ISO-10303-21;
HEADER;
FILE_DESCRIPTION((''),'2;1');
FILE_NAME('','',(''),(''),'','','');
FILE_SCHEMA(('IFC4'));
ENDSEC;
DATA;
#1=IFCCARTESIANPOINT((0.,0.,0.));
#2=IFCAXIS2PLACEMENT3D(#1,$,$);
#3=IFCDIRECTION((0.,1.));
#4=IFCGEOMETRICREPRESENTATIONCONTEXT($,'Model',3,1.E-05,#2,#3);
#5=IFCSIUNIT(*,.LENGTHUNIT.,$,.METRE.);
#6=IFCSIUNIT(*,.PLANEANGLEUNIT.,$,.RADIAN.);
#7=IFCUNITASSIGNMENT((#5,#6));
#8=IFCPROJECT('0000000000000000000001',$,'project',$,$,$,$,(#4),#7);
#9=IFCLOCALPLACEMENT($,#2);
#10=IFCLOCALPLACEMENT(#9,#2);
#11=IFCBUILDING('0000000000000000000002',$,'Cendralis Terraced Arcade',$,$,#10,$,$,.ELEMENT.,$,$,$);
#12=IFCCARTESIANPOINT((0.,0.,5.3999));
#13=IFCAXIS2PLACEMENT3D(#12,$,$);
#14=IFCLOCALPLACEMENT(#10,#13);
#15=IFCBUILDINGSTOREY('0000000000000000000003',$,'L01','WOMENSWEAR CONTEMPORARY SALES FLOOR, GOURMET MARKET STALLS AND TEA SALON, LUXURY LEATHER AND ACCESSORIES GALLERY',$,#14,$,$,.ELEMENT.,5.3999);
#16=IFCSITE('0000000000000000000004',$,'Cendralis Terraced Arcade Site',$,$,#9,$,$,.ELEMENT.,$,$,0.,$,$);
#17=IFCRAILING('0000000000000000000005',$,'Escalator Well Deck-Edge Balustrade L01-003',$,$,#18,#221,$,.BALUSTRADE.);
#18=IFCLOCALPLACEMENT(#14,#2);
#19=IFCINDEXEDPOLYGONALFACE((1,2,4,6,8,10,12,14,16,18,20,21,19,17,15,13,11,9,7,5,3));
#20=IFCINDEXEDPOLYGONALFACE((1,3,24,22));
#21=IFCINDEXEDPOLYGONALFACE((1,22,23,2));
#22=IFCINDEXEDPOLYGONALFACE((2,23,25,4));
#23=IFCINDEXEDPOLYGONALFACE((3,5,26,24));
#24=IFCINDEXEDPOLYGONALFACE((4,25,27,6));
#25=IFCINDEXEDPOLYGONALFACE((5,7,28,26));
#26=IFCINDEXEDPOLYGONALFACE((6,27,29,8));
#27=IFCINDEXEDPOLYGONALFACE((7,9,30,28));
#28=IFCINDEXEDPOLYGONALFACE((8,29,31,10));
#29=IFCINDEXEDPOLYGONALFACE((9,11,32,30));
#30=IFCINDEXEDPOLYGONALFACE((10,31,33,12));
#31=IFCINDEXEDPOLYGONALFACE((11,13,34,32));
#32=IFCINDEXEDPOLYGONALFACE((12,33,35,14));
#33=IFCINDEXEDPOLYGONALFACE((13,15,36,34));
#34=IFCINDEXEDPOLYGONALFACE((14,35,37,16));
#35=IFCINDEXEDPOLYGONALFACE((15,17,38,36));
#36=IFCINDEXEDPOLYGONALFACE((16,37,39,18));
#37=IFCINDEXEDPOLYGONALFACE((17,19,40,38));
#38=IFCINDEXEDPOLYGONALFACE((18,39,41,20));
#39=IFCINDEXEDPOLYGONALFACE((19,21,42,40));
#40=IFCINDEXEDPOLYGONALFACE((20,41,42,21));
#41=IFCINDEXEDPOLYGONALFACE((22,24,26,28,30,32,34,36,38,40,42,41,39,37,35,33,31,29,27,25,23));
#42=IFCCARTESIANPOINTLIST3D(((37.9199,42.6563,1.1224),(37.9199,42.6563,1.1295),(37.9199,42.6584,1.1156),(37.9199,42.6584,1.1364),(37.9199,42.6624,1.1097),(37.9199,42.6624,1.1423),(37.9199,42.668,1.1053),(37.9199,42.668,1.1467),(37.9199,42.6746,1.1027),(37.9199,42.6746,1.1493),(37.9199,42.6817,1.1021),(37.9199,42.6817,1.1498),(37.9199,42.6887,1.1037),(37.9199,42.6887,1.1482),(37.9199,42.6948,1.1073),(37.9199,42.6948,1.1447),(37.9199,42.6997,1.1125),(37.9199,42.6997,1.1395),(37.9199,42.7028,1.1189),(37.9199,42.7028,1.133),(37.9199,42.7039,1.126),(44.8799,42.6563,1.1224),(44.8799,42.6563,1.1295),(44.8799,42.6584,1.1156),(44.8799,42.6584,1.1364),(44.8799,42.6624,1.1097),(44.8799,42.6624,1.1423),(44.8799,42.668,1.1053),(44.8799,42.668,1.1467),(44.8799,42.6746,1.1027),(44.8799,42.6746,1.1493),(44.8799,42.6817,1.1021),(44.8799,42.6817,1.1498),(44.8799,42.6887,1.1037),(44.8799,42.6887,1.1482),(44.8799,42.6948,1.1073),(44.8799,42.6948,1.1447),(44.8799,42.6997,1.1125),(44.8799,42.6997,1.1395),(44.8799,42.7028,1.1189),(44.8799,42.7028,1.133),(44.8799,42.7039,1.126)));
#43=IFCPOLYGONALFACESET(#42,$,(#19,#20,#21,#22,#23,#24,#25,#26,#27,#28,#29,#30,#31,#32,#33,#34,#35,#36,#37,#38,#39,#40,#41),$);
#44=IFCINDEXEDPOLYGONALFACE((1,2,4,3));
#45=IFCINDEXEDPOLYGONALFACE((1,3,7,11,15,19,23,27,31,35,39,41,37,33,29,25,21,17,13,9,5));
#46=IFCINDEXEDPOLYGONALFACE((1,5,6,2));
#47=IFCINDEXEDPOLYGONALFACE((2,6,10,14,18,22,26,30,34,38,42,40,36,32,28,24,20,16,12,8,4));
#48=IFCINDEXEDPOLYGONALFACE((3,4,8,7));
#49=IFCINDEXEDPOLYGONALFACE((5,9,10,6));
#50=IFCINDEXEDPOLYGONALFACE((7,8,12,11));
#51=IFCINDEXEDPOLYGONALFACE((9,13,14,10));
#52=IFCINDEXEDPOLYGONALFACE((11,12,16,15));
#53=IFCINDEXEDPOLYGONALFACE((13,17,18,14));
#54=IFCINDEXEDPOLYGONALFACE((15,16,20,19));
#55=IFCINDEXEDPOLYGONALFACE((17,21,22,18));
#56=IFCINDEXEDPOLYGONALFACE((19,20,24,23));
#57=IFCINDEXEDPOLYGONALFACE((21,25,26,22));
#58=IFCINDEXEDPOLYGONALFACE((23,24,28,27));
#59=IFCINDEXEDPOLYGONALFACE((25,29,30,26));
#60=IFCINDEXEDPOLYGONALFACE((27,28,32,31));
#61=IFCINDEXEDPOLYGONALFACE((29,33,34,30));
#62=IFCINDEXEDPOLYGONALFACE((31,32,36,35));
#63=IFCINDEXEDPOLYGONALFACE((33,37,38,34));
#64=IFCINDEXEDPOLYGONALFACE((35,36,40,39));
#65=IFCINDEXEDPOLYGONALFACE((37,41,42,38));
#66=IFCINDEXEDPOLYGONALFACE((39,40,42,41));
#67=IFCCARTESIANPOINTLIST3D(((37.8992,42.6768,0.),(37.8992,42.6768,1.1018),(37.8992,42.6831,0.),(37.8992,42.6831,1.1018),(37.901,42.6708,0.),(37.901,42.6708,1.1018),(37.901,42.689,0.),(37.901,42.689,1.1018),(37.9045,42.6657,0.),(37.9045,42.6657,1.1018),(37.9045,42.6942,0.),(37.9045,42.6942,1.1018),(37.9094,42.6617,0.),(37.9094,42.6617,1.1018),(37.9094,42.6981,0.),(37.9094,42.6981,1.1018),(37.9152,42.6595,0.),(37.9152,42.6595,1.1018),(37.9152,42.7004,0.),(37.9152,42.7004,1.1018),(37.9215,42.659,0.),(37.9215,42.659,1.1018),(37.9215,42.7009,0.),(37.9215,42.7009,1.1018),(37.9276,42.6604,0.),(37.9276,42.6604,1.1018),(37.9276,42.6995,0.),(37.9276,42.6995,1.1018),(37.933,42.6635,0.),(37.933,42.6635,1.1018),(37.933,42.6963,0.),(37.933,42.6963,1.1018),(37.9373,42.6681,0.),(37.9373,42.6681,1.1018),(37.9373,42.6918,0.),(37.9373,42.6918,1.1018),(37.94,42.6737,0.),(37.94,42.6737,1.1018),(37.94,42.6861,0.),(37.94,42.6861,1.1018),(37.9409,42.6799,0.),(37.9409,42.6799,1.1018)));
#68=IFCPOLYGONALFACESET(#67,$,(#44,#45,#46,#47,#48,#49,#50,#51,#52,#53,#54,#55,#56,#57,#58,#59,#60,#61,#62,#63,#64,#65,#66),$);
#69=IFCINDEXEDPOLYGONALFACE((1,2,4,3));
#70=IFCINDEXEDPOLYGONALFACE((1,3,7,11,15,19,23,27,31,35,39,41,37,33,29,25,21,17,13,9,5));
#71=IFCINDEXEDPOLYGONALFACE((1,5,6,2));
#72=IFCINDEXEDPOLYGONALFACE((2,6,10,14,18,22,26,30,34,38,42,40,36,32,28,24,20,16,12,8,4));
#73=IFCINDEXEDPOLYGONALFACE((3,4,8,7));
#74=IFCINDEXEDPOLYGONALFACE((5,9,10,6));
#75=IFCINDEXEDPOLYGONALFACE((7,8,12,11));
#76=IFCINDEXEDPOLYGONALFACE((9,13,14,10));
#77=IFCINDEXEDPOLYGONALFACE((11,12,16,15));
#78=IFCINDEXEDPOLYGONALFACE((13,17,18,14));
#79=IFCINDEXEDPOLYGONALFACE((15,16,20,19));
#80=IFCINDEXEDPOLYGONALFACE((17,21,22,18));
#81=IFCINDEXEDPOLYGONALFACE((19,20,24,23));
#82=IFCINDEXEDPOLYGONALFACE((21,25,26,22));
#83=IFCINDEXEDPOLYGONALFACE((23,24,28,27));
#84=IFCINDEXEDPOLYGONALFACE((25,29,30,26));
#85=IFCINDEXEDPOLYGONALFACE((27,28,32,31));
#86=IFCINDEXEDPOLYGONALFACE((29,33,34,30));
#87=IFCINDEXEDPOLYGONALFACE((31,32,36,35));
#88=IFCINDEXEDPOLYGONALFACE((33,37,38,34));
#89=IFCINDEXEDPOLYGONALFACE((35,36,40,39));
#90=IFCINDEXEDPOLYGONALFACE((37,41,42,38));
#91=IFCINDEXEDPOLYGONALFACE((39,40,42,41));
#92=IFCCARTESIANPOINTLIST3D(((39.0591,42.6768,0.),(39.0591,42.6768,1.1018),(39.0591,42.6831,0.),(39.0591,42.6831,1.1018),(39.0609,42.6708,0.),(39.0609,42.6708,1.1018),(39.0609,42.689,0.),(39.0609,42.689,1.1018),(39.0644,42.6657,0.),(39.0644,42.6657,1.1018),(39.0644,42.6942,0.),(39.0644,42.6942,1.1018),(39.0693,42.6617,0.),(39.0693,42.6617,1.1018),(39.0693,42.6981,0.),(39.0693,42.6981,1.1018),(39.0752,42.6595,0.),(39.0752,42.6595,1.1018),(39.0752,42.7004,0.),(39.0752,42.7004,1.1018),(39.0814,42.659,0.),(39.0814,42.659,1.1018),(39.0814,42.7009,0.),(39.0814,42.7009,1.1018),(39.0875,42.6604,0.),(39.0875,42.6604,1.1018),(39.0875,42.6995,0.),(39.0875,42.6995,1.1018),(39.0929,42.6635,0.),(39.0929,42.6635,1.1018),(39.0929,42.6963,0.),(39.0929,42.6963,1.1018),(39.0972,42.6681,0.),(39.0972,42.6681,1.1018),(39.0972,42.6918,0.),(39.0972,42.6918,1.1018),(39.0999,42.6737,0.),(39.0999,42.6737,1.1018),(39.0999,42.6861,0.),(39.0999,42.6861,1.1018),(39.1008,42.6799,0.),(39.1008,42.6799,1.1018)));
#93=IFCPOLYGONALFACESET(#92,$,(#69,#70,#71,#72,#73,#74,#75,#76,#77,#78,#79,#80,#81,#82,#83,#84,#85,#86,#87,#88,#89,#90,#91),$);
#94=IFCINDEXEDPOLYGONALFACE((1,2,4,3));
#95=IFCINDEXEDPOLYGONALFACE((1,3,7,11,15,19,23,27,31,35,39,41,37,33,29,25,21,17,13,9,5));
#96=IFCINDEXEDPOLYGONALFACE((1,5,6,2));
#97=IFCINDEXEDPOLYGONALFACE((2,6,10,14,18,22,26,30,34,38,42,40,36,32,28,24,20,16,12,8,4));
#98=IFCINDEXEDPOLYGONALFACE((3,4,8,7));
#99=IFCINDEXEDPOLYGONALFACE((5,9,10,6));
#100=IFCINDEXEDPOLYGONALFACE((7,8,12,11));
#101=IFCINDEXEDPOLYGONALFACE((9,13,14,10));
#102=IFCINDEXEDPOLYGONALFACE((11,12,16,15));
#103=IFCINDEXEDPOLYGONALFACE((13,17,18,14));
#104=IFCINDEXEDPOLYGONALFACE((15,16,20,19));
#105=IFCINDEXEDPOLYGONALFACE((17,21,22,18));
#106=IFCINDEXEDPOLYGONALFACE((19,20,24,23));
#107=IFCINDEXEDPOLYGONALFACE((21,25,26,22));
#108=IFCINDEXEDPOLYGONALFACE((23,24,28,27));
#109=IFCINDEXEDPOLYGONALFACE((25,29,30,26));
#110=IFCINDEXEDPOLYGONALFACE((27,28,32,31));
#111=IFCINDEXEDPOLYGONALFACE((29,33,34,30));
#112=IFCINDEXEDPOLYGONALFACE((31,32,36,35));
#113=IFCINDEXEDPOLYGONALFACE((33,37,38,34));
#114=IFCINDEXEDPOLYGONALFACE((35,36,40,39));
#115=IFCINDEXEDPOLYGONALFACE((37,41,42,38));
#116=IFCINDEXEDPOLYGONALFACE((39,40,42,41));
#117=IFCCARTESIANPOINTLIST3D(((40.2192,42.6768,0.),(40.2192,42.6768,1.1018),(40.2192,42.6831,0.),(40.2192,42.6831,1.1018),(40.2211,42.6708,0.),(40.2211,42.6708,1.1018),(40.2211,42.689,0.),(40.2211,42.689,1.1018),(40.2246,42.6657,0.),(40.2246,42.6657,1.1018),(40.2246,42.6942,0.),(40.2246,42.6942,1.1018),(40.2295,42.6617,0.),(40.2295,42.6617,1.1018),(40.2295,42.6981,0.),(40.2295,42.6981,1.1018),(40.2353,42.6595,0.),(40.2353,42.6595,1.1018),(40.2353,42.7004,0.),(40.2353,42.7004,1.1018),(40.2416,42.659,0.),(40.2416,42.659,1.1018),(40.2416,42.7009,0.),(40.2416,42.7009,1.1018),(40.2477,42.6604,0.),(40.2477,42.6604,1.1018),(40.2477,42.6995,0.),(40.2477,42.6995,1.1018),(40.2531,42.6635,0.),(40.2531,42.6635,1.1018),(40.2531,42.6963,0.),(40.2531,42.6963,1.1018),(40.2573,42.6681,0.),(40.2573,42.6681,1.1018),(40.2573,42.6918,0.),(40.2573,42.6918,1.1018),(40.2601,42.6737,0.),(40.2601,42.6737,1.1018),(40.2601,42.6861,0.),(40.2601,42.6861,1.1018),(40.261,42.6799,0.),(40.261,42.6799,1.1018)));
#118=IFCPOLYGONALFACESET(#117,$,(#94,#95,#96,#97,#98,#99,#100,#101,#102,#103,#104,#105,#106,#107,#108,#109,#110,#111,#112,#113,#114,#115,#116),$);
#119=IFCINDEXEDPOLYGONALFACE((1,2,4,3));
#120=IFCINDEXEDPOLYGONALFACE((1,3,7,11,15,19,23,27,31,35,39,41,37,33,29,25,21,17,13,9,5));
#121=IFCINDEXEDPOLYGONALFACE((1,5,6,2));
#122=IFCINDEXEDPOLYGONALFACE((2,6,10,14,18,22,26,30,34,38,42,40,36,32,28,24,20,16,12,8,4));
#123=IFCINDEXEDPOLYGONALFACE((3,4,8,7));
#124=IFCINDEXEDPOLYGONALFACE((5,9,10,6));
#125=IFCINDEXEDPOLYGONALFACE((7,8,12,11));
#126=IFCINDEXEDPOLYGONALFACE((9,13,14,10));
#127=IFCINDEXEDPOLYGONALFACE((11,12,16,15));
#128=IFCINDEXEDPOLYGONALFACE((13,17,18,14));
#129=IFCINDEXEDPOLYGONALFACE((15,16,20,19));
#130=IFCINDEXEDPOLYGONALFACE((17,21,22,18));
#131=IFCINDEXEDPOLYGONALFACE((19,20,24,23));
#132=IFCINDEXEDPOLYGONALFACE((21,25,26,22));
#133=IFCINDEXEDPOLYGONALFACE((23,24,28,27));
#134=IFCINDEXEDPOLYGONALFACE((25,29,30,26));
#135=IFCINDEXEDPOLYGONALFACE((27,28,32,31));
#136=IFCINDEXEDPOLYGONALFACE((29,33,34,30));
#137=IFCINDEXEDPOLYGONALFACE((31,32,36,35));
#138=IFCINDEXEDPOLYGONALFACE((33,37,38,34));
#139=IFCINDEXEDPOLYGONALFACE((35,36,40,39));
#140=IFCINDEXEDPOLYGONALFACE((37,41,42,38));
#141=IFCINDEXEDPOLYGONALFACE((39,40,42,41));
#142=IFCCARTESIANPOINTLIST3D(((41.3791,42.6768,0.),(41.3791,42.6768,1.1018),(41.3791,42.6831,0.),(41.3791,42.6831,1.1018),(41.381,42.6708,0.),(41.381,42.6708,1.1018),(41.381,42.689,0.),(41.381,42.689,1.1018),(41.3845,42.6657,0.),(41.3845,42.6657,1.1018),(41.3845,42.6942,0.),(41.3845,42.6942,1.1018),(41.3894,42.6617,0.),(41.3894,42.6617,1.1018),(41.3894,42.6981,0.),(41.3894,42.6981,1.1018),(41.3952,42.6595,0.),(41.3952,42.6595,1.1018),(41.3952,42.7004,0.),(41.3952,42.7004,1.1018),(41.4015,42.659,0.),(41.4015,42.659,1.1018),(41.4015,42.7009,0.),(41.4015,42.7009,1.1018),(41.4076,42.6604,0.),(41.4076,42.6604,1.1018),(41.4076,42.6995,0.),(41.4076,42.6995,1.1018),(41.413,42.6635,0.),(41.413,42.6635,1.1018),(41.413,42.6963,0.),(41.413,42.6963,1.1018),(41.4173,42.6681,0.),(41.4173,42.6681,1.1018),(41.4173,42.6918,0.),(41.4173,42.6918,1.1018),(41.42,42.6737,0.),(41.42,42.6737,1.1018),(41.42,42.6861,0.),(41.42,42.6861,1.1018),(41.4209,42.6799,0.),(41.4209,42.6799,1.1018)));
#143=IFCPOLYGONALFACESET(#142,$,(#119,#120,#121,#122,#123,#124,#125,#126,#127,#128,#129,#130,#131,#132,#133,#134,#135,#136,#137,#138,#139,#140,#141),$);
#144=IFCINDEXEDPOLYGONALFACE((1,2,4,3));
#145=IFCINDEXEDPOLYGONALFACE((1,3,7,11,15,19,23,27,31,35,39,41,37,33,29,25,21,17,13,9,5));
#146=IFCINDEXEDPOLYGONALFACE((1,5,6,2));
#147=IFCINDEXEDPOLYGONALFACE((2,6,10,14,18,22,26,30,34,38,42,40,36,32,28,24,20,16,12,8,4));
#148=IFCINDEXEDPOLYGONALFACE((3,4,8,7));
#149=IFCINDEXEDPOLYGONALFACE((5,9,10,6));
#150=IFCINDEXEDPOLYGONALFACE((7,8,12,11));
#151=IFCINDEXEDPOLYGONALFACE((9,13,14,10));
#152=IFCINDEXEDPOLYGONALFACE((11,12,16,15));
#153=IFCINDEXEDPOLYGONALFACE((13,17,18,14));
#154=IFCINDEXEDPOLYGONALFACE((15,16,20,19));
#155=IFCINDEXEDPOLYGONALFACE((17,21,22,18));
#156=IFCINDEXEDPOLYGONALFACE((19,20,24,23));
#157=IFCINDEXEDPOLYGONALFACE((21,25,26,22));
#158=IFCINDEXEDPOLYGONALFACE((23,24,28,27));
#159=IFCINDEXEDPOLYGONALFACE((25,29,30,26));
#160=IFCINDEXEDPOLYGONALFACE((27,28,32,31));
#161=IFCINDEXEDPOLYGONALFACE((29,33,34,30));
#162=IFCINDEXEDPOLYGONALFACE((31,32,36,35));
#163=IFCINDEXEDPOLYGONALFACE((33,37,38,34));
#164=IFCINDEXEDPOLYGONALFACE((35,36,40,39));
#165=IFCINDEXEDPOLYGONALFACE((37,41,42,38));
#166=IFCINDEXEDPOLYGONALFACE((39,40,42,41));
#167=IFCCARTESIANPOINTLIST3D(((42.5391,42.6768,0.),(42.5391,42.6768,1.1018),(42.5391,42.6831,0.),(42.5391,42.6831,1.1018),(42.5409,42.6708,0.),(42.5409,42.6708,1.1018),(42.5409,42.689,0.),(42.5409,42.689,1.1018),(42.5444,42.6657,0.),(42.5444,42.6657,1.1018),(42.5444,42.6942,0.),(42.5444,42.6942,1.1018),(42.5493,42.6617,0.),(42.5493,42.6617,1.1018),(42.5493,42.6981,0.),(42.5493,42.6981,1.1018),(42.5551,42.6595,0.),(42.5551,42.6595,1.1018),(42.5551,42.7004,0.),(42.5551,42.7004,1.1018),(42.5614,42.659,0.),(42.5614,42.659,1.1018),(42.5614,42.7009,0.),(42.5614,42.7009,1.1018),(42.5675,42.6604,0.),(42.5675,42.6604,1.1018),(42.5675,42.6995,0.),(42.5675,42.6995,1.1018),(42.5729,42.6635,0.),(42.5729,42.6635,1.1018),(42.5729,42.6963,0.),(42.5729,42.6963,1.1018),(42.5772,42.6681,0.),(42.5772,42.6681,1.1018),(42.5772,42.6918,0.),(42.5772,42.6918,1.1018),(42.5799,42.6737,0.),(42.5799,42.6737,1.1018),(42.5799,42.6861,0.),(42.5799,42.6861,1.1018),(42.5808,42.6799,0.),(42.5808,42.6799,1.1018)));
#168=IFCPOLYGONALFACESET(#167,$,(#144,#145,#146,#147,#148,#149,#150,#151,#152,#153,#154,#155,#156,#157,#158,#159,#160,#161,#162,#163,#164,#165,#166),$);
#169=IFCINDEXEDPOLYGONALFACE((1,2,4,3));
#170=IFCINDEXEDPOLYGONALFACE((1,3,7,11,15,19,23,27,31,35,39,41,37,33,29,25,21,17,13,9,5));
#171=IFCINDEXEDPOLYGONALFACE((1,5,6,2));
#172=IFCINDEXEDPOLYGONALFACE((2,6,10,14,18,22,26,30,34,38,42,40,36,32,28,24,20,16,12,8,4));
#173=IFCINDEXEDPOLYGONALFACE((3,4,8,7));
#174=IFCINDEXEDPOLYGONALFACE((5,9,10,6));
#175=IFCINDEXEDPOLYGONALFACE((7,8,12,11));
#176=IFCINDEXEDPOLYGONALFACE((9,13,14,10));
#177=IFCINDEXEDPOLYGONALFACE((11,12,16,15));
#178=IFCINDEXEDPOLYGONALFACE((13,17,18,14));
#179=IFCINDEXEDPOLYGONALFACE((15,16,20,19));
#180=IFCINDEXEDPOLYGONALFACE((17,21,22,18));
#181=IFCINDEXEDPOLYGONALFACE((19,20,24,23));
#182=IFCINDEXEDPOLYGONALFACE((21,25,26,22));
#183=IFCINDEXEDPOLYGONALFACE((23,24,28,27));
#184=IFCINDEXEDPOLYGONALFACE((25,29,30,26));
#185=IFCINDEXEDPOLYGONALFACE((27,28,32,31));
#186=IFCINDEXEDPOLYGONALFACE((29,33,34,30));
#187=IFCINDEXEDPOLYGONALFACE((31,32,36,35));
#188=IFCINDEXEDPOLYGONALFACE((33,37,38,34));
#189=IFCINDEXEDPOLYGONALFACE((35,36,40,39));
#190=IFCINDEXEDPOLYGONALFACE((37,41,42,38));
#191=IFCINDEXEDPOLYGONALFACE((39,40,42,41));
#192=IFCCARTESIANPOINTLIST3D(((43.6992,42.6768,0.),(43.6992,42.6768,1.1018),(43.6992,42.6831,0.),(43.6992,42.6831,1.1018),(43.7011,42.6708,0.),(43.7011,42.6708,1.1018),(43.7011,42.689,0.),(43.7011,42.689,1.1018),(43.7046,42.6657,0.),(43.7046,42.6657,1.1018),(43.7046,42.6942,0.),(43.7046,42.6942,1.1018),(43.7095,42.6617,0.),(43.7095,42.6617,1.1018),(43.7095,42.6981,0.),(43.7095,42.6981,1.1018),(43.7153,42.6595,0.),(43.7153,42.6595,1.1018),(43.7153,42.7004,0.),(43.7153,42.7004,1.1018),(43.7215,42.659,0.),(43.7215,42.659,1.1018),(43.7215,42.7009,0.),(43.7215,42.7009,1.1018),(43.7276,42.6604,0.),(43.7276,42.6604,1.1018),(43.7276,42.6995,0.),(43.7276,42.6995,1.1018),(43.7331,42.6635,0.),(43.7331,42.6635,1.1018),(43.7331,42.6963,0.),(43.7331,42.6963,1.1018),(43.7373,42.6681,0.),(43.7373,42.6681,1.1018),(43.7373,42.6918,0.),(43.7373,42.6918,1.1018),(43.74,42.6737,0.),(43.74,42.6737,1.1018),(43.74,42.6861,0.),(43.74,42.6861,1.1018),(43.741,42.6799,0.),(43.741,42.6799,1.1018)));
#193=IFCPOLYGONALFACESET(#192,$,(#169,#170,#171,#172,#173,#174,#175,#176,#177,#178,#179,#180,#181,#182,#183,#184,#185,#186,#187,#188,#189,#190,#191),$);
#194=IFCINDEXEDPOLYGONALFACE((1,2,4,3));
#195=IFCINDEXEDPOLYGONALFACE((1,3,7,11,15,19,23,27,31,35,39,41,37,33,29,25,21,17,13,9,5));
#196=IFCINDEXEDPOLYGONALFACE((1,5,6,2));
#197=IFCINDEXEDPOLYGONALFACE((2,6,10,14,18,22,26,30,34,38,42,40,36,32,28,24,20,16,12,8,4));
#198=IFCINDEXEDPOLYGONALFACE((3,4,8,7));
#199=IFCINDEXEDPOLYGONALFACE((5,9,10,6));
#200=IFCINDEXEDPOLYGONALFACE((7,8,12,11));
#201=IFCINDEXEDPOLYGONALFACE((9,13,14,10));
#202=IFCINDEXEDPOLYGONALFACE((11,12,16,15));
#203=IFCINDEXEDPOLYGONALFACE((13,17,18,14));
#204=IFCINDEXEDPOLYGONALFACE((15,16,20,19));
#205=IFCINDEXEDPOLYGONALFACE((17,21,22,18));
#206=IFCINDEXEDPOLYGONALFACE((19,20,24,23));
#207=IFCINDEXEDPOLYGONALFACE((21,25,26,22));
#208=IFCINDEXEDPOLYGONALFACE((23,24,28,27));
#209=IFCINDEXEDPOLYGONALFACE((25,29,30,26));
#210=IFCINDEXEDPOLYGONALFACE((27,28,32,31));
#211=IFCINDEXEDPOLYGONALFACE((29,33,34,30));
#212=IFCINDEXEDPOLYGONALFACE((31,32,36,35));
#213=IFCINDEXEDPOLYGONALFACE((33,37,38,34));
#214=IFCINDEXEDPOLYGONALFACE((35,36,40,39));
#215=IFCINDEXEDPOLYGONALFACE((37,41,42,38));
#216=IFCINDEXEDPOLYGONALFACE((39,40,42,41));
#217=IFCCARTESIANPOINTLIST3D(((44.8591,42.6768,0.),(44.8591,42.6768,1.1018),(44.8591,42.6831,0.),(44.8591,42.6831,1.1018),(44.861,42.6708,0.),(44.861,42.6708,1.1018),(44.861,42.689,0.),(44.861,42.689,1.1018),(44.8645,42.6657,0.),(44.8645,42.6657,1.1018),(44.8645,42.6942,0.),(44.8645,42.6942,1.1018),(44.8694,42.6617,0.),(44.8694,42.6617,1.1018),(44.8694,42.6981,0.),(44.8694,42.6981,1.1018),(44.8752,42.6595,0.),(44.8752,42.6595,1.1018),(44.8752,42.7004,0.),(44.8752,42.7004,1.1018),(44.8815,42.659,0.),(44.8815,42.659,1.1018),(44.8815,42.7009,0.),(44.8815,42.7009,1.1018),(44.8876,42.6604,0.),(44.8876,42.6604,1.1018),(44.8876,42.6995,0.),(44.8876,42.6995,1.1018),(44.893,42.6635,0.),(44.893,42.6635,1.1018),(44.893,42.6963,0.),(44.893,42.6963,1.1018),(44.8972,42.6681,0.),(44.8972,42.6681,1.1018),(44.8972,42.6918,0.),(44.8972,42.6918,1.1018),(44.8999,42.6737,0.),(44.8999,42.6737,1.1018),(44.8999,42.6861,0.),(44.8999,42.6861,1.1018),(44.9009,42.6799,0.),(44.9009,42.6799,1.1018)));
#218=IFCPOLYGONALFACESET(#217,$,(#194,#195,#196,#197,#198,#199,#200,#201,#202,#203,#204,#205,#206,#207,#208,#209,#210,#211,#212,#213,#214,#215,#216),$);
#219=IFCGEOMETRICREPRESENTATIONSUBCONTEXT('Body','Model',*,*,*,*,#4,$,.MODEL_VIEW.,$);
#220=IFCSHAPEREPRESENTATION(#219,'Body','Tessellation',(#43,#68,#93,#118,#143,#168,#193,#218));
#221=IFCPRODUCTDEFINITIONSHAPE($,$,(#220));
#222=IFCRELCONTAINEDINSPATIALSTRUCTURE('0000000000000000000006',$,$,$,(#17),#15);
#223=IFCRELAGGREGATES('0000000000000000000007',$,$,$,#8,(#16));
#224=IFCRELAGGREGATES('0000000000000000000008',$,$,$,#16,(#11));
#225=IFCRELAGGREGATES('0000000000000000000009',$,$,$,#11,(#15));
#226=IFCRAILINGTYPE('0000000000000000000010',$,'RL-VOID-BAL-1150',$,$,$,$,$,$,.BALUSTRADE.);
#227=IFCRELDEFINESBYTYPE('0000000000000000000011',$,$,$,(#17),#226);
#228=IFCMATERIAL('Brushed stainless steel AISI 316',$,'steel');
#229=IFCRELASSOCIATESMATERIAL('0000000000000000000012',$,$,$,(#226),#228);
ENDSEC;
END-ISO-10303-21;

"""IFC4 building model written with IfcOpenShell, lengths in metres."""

from ifc_helpers import new_model, si_unit, direction, frame, origin, origin_2d, place, context, subcontext, project, spatial, circle, extrude, material, type_object, element, save


model = new_model("IFC4")

# Units and contexts
model_context = context("Model", 3, precision=1e-05, world=origin(), true_north=direction((0.0, 1.0)))
body_context = subcontext(model_context, "Body", "Model", "MODEL_VIEW")
ifc_project = project(units=[si_unit("LENGTHUNIT", "METRE"), si_unit("PLANEANGLEUNIT", "RADIAN")], contexts=[model_context])

# Site, building, storey
site_placement = place(None, origin())
site = spatial("IfcSite", under=ifc_project, at=site_placement, Name="Cendralis Terraced Arcade Site", CompositionType="ELEMENT", RefElevation=0.0)
building_placement = place(site_placement, origin())
building = spatial("IfcBuilding", under=site, at=building_placement, Name="Cendralis Terraced Arcade", CompositionType="ELEMENT")
storey_placement = place(building_placement, frame((0.0, 0.0, 5.3999)))
storey = spatial("IfcBuildingStorey", under=building, at=storey_placement, Name="L01", Description="WOMENSWEAR CONTEMPORARY SALES FLOOR, GOURMET MARKET STALLS AND TEA SALON, LUXURY LEATHER AND ACCESSORIES GALLERY", CompositionType="ELEMENT", Elevation=5.3999)

# Railing
ifc_material_1 = material(Name="Brushed stainless steel AISI 316", Category="steel")
railing_type_1 = type_object("IfcRailingType", Name="RL-VOID-BAL-1150", PredefinedType="BALUSTRADE", material=ifc_material_1)
railing_1_placement = place(storey_placement, frame((37.9199, 42.6799, 0.0)))
element("IfcRailing", 1, at=railing_1_placement, inside=storey, type_object=railing_type_1, Name="Escalator Well Deck-Edge Balustrade L01-003", PredefinedType="BALUSTRADE", context=body_context, shape_type="SweptSolid", body=[
    extrude(circle(Radius=0.0239, at=origin_2d()), frame((0.0, 0.0, 1.126), z_axis=(1.0, 0.0, 0.0), x_axis=(0.0, 1.0, 0.0)), (0.0, 0.0, 1.0), 6.96),
    extrude(circle(Radius=0.021, at=origin_2d()), origin(), (0.0, 0.0, 1.0), 1.1018),
    extrude(circle(Radius=0.021, at=origin_2d()), frame((1.1599, 0.0, 0.0)), (0.0, 0.0, 1.0), 1.1018),
    extrude(circle(Radius=0.021, at=origin_2d()), frame((2.3201, 0.0, 0.0)), (0.0, 0.0, 1.0), 1.1018),
    extrude(circle(Radius=0.021, at=origin_2d()), frame((3.48, 0.0, 0.0)), (0.0, 0.0, 1.0), 1.1018),
    extrude(circle(Radius=0.021, at=origin_2d()), frame((4.6399, 0.0, 0.0)), (0.0, 0.0, 1.0), 1.1018),
    extrude(circle(Radius=0.021, at=origin_2d()), frame((5.8, 0.0, 0.0)), (0.0, 0.0, 1.0), 1.1018),
    extrude(circle(Radius=0.021, at=origin_2d()), frame((6.96, 0.0, 0.0)), (0.0, 0.0, 1.0), 1.1018),
])

save(model, "model.ifc")
